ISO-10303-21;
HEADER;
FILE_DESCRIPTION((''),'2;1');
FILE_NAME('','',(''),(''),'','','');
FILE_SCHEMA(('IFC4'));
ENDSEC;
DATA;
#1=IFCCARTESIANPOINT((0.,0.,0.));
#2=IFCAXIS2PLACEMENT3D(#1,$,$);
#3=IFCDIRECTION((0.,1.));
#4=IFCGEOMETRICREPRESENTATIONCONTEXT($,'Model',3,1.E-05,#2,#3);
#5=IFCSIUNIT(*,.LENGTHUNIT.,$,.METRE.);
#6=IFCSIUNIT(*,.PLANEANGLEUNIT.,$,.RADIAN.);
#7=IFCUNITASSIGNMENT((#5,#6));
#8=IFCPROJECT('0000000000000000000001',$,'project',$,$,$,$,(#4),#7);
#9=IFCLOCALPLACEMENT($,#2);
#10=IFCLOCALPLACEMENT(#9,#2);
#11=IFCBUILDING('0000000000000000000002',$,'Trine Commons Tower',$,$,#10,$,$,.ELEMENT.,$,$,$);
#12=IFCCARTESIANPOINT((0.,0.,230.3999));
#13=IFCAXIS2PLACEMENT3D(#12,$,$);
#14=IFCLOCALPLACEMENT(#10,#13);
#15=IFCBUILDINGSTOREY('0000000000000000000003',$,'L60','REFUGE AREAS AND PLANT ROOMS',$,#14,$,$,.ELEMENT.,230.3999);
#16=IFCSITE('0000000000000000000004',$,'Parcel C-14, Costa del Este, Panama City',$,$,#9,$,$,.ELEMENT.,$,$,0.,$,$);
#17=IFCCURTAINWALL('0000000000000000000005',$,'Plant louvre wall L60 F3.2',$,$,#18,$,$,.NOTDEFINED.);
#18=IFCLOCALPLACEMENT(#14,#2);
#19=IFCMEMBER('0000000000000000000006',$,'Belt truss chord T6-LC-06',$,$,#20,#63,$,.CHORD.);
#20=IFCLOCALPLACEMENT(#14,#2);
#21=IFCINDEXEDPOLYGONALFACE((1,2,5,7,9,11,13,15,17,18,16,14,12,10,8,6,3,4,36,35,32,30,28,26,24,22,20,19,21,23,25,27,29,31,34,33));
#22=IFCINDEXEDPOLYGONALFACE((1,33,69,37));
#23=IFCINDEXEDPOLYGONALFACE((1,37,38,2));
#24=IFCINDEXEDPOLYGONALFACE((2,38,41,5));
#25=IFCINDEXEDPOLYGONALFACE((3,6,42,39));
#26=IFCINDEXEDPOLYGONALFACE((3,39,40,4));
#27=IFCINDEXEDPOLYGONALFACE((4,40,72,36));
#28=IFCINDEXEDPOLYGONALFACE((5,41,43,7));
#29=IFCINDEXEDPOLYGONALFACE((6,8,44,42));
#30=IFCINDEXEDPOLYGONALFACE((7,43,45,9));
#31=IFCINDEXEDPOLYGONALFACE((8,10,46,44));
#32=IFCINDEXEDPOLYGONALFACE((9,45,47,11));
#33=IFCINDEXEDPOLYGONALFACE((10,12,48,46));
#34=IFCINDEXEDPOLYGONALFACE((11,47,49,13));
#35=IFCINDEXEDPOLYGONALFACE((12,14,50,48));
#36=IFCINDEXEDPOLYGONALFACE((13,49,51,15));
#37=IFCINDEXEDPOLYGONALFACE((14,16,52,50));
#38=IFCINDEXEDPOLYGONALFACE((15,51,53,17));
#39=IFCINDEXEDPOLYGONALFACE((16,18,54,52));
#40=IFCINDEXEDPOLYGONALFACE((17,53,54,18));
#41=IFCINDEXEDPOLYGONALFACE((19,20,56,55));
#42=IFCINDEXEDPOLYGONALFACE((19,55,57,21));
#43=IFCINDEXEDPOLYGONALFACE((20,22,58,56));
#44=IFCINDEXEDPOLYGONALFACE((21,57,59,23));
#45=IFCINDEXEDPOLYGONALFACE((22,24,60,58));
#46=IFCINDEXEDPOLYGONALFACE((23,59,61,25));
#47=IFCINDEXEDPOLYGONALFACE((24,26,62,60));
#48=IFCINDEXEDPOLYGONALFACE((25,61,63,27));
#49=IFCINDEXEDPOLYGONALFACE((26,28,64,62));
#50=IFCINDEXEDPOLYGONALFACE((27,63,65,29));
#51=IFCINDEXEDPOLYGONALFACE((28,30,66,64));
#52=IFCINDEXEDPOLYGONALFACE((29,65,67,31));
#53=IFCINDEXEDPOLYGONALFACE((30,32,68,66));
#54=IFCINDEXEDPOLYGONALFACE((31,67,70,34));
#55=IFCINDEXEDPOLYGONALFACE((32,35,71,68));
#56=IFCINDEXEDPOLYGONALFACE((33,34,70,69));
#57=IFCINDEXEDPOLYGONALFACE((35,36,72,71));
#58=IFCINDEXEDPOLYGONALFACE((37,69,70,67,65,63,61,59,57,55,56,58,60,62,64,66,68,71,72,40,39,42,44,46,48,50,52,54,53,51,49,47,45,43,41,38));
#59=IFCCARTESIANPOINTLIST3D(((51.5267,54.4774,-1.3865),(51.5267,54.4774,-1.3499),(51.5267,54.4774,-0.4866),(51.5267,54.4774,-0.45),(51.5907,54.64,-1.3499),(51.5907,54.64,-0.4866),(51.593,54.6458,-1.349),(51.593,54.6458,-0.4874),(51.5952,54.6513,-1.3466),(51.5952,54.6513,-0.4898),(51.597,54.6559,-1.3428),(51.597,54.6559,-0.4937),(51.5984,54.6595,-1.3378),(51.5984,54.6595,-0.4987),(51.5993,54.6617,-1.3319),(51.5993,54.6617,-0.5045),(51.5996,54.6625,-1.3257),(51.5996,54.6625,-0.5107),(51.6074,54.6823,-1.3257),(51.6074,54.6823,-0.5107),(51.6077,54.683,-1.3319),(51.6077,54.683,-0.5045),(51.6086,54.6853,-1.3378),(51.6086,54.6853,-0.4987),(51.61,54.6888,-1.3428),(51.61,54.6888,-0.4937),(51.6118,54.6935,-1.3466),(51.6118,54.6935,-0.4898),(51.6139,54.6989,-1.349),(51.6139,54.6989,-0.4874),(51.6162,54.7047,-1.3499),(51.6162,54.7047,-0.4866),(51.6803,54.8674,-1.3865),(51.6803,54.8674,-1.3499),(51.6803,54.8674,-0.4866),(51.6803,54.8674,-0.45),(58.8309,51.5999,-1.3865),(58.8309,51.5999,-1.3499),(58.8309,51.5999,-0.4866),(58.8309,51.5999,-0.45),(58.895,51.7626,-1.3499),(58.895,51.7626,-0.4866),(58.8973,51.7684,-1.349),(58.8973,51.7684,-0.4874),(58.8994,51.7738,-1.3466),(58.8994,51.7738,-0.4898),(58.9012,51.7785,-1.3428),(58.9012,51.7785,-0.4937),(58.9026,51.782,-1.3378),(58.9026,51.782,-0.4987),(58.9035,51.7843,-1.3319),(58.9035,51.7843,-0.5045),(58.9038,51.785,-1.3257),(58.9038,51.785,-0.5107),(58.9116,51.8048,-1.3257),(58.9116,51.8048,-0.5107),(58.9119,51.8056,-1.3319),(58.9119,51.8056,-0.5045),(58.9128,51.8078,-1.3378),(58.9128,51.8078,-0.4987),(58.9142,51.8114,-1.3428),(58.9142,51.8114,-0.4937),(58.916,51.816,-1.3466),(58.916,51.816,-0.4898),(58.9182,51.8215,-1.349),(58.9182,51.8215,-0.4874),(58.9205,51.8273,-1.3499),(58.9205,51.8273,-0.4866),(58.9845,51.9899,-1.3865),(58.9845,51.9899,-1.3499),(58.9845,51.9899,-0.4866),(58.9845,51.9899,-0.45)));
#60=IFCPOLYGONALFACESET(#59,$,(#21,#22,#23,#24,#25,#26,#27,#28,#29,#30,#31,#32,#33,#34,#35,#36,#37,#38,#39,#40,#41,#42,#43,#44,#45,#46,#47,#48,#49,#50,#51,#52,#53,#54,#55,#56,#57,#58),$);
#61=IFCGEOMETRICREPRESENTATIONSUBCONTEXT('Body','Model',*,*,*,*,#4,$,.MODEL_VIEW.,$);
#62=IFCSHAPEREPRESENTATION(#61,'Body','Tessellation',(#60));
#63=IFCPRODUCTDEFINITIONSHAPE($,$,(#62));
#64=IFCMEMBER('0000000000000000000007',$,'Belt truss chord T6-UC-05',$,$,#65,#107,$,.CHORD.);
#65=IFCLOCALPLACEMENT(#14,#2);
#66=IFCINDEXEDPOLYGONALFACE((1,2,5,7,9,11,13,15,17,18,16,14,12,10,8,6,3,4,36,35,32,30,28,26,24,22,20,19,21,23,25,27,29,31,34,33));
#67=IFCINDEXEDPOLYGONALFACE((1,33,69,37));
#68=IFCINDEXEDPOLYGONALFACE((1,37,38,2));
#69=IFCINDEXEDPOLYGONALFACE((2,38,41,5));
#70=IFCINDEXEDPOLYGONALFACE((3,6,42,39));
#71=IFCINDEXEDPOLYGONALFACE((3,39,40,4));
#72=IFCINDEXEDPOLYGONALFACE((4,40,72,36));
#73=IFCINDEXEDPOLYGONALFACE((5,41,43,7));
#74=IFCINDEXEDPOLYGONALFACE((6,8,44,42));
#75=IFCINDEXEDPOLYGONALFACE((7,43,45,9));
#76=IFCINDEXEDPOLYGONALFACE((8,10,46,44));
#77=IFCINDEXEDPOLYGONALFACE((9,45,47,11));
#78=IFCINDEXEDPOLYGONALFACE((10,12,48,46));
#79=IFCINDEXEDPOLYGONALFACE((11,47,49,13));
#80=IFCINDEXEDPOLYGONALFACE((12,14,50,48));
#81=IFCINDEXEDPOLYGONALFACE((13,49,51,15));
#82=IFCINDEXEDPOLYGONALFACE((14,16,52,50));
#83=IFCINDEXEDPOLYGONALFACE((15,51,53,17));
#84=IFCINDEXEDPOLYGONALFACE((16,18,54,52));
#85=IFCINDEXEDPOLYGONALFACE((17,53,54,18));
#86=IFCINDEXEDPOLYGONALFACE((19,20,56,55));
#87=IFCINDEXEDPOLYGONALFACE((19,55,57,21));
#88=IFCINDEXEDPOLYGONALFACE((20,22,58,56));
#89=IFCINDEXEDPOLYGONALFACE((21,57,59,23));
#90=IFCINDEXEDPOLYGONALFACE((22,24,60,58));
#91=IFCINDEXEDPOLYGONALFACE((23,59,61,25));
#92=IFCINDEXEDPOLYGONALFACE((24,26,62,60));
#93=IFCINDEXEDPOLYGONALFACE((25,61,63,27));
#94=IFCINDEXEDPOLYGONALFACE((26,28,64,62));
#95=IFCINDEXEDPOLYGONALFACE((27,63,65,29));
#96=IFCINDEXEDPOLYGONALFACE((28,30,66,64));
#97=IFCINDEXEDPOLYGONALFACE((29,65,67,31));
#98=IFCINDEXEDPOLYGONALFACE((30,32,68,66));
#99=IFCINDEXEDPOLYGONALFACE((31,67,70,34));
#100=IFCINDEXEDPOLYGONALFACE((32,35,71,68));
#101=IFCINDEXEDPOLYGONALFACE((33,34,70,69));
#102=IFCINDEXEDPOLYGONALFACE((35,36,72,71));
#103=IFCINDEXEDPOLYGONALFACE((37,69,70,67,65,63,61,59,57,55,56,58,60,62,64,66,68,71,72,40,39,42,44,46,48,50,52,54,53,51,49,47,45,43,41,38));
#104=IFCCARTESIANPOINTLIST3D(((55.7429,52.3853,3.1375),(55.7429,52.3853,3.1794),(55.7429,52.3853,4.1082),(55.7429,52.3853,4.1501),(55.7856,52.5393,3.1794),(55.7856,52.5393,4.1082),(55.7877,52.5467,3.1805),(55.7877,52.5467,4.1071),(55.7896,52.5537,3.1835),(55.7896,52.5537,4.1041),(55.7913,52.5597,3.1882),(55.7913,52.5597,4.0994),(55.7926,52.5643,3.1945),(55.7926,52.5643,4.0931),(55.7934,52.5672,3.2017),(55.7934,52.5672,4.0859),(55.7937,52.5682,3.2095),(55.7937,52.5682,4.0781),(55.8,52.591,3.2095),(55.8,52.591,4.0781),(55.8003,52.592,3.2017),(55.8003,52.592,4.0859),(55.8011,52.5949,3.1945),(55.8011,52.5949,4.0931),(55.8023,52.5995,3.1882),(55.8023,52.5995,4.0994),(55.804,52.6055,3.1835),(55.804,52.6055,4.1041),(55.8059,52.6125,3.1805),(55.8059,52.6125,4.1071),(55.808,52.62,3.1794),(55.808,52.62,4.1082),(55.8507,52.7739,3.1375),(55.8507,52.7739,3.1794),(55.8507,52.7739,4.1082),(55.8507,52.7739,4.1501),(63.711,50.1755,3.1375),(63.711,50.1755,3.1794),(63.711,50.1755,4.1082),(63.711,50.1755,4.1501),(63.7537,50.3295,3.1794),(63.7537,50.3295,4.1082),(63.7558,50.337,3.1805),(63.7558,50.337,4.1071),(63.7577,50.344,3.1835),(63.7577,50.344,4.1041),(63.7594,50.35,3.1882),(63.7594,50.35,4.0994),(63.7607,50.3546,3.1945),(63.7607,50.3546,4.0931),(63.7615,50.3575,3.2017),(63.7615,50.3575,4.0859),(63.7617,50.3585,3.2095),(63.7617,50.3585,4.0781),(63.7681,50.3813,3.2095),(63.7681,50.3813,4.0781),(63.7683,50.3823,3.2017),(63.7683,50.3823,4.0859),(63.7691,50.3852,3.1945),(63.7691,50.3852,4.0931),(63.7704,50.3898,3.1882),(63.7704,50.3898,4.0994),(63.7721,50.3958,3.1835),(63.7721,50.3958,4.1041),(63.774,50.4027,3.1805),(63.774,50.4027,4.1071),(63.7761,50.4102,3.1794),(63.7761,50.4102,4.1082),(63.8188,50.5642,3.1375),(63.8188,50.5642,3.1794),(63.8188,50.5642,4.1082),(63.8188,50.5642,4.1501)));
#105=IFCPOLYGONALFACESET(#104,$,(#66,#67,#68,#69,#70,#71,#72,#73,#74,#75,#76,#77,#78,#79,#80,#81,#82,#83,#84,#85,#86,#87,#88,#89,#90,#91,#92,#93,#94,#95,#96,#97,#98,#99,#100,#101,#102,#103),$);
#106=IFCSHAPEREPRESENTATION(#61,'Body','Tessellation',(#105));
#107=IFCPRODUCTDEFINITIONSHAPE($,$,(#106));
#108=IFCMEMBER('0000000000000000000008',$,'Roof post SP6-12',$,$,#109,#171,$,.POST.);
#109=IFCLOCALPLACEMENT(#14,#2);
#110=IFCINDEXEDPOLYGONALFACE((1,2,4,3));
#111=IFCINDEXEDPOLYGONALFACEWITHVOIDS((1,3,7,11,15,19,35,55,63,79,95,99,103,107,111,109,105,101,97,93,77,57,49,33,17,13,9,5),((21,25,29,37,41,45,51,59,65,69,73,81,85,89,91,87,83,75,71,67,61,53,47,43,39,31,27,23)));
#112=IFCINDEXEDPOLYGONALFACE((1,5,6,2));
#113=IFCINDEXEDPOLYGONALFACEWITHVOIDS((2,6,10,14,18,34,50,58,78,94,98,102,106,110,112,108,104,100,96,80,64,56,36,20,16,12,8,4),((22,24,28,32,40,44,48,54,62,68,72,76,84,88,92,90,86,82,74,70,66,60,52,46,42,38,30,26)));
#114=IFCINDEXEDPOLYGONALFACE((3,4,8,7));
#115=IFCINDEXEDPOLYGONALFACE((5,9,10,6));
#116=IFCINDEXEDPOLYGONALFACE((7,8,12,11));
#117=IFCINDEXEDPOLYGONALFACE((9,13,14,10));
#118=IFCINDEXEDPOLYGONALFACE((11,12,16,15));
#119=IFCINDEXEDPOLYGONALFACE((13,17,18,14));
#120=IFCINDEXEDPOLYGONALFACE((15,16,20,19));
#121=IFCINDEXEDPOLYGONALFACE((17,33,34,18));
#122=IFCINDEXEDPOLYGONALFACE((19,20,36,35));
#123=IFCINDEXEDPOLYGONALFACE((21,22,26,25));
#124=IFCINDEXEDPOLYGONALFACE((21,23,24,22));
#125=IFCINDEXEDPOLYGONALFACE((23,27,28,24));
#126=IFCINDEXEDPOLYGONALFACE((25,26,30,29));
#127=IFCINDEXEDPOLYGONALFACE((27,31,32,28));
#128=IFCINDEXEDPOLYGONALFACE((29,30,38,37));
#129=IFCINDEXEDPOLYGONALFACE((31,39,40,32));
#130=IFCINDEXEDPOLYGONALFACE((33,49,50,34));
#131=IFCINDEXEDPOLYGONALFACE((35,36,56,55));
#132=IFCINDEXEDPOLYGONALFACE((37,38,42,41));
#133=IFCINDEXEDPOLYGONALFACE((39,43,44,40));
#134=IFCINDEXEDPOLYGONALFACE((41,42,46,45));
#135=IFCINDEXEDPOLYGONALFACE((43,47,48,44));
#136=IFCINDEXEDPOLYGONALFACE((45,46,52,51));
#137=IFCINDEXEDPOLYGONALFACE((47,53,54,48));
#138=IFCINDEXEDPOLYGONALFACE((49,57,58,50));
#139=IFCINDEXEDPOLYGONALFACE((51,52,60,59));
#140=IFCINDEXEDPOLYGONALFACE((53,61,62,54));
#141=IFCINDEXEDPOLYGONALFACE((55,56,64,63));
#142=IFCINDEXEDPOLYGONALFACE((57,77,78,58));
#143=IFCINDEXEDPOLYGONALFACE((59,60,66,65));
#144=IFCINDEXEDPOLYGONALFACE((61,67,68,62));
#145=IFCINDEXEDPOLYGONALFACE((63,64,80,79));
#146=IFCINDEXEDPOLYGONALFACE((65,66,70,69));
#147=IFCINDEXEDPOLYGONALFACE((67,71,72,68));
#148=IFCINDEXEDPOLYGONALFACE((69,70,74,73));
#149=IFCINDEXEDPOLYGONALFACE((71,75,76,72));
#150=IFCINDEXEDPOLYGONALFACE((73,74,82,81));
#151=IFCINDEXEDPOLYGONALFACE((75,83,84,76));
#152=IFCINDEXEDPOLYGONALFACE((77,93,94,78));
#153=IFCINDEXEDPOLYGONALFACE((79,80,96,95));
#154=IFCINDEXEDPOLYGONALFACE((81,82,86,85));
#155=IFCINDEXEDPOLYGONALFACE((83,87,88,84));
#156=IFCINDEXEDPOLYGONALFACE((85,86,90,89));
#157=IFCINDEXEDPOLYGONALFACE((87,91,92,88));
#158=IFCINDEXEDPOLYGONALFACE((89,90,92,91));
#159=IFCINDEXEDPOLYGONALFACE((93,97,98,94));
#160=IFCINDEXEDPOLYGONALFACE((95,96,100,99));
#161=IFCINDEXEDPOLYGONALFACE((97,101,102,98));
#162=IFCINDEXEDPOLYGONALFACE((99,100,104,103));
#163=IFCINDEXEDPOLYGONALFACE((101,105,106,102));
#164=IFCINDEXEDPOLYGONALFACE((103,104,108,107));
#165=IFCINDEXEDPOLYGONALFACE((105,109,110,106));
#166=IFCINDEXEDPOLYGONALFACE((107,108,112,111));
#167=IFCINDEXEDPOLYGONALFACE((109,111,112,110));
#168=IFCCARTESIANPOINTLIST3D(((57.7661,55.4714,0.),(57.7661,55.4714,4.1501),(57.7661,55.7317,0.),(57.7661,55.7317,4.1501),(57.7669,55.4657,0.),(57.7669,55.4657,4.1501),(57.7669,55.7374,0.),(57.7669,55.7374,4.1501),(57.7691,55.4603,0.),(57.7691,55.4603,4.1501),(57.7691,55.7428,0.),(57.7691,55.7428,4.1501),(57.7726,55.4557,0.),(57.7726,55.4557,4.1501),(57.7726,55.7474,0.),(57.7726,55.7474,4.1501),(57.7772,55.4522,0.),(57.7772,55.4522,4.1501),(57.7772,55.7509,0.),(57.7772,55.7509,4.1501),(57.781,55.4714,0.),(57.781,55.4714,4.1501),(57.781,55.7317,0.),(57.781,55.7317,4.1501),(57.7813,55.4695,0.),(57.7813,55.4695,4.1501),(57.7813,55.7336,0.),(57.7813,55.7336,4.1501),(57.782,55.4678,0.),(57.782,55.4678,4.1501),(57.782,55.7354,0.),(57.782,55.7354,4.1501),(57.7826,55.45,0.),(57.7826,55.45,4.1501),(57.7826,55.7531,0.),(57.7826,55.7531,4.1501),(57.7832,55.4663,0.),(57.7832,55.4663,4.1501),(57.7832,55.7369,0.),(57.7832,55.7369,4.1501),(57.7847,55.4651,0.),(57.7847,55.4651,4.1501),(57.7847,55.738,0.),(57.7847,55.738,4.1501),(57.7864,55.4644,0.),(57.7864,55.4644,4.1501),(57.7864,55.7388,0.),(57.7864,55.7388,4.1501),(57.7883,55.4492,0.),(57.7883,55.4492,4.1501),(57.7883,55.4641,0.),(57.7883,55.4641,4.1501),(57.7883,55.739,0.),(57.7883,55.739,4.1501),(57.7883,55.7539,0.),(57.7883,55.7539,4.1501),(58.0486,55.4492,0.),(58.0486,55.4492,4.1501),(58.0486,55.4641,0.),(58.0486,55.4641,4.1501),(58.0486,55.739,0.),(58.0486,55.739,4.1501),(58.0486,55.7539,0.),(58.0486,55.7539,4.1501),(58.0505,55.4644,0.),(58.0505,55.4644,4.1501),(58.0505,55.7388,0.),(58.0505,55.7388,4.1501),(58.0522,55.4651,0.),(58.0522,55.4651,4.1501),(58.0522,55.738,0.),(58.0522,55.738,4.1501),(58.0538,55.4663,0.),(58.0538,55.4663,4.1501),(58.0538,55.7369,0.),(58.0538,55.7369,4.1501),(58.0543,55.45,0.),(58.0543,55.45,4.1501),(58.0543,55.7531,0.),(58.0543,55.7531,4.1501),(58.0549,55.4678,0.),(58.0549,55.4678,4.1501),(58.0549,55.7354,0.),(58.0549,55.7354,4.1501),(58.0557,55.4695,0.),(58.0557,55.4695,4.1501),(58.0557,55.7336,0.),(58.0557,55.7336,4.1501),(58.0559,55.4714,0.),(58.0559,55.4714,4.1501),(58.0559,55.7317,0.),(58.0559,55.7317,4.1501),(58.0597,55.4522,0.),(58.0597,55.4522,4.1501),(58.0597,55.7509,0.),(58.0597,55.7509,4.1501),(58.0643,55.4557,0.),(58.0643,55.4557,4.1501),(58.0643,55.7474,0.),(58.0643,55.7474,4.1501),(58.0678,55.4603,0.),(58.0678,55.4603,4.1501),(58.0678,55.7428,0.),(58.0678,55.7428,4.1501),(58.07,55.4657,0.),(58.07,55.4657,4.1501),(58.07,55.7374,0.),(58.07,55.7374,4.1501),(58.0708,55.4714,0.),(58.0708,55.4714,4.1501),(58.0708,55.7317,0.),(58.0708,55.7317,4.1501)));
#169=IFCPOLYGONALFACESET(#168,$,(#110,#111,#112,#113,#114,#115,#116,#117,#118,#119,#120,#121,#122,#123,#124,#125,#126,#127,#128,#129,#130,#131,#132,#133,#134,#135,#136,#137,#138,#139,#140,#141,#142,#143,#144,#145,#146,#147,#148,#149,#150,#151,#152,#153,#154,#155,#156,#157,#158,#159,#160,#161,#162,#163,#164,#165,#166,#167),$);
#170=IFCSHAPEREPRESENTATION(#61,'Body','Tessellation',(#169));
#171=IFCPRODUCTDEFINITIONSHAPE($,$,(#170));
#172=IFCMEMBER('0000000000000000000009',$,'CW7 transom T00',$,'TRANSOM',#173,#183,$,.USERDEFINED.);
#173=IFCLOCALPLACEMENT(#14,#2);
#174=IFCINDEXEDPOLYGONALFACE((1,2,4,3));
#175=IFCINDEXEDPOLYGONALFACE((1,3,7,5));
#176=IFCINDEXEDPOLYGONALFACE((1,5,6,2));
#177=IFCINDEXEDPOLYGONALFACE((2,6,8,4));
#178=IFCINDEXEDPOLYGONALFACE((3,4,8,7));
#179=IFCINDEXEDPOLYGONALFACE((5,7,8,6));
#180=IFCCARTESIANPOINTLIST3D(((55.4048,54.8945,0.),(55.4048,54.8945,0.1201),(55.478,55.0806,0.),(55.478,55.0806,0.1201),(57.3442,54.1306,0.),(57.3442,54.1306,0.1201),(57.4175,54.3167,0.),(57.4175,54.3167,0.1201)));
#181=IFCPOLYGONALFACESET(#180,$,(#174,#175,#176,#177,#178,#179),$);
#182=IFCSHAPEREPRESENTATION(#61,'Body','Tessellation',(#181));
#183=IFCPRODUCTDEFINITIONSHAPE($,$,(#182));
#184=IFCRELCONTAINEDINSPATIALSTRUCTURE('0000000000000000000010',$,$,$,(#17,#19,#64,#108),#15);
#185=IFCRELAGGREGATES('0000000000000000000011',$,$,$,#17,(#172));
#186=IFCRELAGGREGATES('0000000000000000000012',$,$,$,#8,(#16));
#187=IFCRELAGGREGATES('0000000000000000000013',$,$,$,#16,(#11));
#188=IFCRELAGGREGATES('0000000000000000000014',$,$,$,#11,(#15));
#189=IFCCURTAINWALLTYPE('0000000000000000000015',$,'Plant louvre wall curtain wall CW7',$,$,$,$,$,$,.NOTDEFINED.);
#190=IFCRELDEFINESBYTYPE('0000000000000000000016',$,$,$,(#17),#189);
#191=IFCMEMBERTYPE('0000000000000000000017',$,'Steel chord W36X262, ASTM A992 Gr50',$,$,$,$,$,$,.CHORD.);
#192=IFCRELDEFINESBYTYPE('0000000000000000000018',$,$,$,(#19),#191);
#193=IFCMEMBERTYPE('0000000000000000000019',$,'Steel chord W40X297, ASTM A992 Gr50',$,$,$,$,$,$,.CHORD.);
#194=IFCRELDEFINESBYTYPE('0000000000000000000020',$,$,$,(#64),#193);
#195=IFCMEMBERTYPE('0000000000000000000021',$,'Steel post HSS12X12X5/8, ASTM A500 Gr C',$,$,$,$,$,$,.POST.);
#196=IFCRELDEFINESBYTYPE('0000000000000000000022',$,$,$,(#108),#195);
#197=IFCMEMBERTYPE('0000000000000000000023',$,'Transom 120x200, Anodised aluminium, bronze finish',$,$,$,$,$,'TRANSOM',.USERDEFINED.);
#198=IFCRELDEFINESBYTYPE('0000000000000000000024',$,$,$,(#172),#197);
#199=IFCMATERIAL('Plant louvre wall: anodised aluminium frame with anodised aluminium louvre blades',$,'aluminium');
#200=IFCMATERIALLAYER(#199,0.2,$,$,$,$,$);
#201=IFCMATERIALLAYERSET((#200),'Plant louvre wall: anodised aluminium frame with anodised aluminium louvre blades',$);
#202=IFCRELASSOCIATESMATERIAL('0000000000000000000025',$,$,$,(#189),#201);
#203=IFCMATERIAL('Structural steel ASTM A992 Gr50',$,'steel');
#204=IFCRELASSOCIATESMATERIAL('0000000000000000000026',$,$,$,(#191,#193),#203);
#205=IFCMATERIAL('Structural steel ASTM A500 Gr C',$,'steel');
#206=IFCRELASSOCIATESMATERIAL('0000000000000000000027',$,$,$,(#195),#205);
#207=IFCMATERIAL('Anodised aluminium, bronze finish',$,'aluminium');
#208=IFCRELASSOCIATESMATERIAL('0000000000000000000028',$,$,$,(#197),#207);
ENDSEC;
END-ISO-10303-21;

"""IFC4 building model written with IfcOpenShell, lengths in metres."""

from ifc_helpers import new_model, si_unit, direction, frame, origin, origin_2d, place, context, subcontext, project, spatial, rectangle, hollow_rectangle, i_section, extrude, material, layer, layer_set, material_profile, profile_set, type_object, element, aggregate, save


model = new_model("IFC4")

# Units and contexts
model_context = context("Model", 3, precision=1e-05, world=origin(), true_north=direction((0.0, 1.0)))
body_context = subcontext(model_context, "Body", "Model", "MODEL_VIEW")
ifc_project = project(units=[si_unit("LENGTHUNIT", "METRE"), si_unit("PLANEANGLEUNIT", "RADIAN")], contexts=[model_context])

# Site, building, storey
site_placement = place(None, origin())
site = spatial("IfcSite", under=ifc_project, at=site_placement, Name="Parcel C-14, Costa del Este, Panama City", CompositionType="ELEMENT", RefElevation=0.0)
building_placement = place(site_placement, origin())
building = spatial("IfcBuilding", under=site, at=building_placement, Name="Trine Commons Tower", CompositionType="ELEMENT")
storey_placement = place(building_placement, frame((0.0, 0.0, 230.3999)))
storey = spatial("IfcBuildingStorey", under=building, at=storey_placement, Name="L60", Description="REFUGE AREAS AND PLANT ROOMS", CompositionType="ELEMENT", Elevation=230.3999)

# Curtain wall
ifc_material_1 = material(Name="Plant louvre wall: anodised aluminium frame with anodised aluminium louvre blades", Category="aluminium")
ifc_layer_1 = layer(ifc_material_1, 0.2)
ifc_layer_set_1 = layer_set([ifc_layer_1], Name="Plant louvre wall: anodised aluminium frame with anodised aluminium louvre blades")
curtain_wall_type = type_object("IfcCurtainWallType", Name="Plant louvre wall curtain wall CW7", PredefinedType="NOTDEFINED", material=ifc_layer_set_1)
curtain_wall_1_placement = place(storey_placement, origin())
curtain_wall_1 = element("IfcCurtainWall", 1, at=curtain_wall_1_placement, inside=storey, type_object=curtain_wall_type, Name="Plant louvre wall L60 F3.2", PredefinedType="NOTDEFINED")
ifc_material_2 = material(Name="Anodised aluminium, bronze finish", Category="aluminium")

# Members
ifc_material_3 = material(Name="Structural steel ASTM A992 Gr50", Category="steel")
ifc_material_profile_1 = material_profile(ifc_material_3, i_section(OverallWidth=0.4192, OverallDepth=0.9365, WebThickness=0.0212, FlangeThickness=0.0366, FilletRadius=0.0242, at=origin_2d()), Name="W36X262")
ifc_profile_set_1 = profile_set([ifc_material_profile_1], Name="Structural steel ASTM A992 Gr50")
member_type_1 = type_object("IfcMemberType", Name="Steel chord W36X262, ASTM A992 Gr50", PredefinedType="CHORD", material=ifc_profile_set_1)
member_1_placement = place(storey_placement, frame((58.9077, 51.7949, -0.9182), z_axis=(-0.930407, 0.366528, 0.0), x_axis=(-0.366528, -0.930407, 0.0)))
element("IfcMember", 2, at=member_1_placement, inside=storey, type_object=member_type_1, Name="Belt truss chord T6-LC-06", PredefinedType="CHORD", context=body_context, shape_type="SweptSolid", body=[
    extrude(i_section(OverallWidth=0.4192, OverallDepth=0.9365, WebThickness=0.0212, FlangeThickness=0.0366, FilletRadius=0.0242, at=origin_2d()), origin(), (0.0, 0.0, 1.0), 7.8506),
])
ifc_material_profile_2 = material_profile(ifc_material_3, i_section(OverallWidth=0.4033, OverallDepth=1.0127, WebThickness=0.0237, FlangeThickness=0.042, FilletRadius=0.03, at=origin_2d()), Name="W40X297")
ifc_profile_set_2 = profile_set([ifc_material_profile_2], Name="Structural steel ASTM A992 Gr50")
member_type_2 = type_object("IfcMemberType", Name="Steel chord W40X297, ASTM A992 Gr50", PredefinedType="CHORD", material=ifc_profile_set_2)
member_2_placement = place(storey_placement, frame((63.7649, 50.3699, 3.6438), z_axis=(-0.963631, 0.267237, 0.0), x_axis=(-0.267237, -0.963631, 0.0)))
element("IfcMember", 3, at=member_2_placement, inside=storey, type_object=member_type_2, Name="Belt truss chord T6-UC-05", PredefinedType="CHORD", context=body_context, shape_type="SweptSolid", body=[
    extrude(i_section(OverallWidth=0.4033, OverallDepth=1.0127, WebThickness=0.0237, FlangeThickness=0.042, FilletRadius=0.03, at=origin_2d()), origin(), (0.0, 0.0, 1.0), 8.2688),
])
ifc_material_4 = material(Name="Structural steel ASTM A500 Gr C", Category="steel")
ifc_material_profile_3 = material_profile(ifc_material_4, hollow_rectangle(XDim=0.3047, YDim=0.3047, WallThickness=0.0149, InnerFilletRadius=0.0073, OuterFilletRadius=0.0222, at=origin_2d()), Name="HSS12X12X5/8")
ifc_profile_set_3 = profile_set([ifc_material_profile_3], Name="Structural steel ASTM A500 Gr C")
member_type_3 = type_object("IfcMemberType", Name="Steel post HSS12X12X5/8, ASTM A500 Gr C", PredefinedType="POST", material=ifc_profile_set_3)
member_3_placement = place(storey_placement, frame((57.9185, 55.6016, 0.0), z_axis=(0.0, 0.0, 1.0), x_axis=(1.0, 0.0, 0.0)))
element("IfcMember", 4, at=member_3_placement, inside=storey, type_object=member_type_3, Name="Roof post SP6-12", PredefinedType="POST", context=body_context, shape_type="SweptSolid", body=[
    extrude(hollow_rectangle(XDim=0.3047, YDim=0.3047, WallThickness=0.0149, InnerFilletRadius=0.0073, OuterFilletRadius=0.0222, at=origin_2d()), origin(), (0.0, 0.0, 1.0), 4.1501),
])

# Member
ifc_material_profile_4 = material_profile(ifc_material_2, rectangle(XDim=0.2, YDim=0.1201, at=origin_2d()), Name="Transom 120x200")
ifc_profile_set_4 = profile_set([ifc_material_profile_4], Name="Anodised aluminium, bronze finish")
member_type_4 = type_object("IfcMemberType", Name="Transom 120x200, Anodised aluminium, bronze finish", ElementType="TRANSOM", PredefinedType="USERDEFINED", material=ifc_profile_set_4)
member_4_placement = place(storey_placement, frame((57.3809, 54.2236, 0.0601), z_axis=(-0.930427, 0.366478, 0.0), x_axis=(-0.366478, -0.930427, 0.0)))
member_4 = element("IfcMember", 5, at=member_4_placement, type_object=member_type_4, Name="CW7 transom T00", ObjectType="TRANSOM", PredefinedType="USERDEFINED", context=body_context, shape_type="SweptSolid", body=[
    extrude(rectangle(XDim=0.2, YDim=0.1201, at=origin_2d()), origin(), (0.0, 0.0, 1.0), 2.0845),
])
aggregate(curtain_wall_1, [member_4])

save(model, "model.ifc")
